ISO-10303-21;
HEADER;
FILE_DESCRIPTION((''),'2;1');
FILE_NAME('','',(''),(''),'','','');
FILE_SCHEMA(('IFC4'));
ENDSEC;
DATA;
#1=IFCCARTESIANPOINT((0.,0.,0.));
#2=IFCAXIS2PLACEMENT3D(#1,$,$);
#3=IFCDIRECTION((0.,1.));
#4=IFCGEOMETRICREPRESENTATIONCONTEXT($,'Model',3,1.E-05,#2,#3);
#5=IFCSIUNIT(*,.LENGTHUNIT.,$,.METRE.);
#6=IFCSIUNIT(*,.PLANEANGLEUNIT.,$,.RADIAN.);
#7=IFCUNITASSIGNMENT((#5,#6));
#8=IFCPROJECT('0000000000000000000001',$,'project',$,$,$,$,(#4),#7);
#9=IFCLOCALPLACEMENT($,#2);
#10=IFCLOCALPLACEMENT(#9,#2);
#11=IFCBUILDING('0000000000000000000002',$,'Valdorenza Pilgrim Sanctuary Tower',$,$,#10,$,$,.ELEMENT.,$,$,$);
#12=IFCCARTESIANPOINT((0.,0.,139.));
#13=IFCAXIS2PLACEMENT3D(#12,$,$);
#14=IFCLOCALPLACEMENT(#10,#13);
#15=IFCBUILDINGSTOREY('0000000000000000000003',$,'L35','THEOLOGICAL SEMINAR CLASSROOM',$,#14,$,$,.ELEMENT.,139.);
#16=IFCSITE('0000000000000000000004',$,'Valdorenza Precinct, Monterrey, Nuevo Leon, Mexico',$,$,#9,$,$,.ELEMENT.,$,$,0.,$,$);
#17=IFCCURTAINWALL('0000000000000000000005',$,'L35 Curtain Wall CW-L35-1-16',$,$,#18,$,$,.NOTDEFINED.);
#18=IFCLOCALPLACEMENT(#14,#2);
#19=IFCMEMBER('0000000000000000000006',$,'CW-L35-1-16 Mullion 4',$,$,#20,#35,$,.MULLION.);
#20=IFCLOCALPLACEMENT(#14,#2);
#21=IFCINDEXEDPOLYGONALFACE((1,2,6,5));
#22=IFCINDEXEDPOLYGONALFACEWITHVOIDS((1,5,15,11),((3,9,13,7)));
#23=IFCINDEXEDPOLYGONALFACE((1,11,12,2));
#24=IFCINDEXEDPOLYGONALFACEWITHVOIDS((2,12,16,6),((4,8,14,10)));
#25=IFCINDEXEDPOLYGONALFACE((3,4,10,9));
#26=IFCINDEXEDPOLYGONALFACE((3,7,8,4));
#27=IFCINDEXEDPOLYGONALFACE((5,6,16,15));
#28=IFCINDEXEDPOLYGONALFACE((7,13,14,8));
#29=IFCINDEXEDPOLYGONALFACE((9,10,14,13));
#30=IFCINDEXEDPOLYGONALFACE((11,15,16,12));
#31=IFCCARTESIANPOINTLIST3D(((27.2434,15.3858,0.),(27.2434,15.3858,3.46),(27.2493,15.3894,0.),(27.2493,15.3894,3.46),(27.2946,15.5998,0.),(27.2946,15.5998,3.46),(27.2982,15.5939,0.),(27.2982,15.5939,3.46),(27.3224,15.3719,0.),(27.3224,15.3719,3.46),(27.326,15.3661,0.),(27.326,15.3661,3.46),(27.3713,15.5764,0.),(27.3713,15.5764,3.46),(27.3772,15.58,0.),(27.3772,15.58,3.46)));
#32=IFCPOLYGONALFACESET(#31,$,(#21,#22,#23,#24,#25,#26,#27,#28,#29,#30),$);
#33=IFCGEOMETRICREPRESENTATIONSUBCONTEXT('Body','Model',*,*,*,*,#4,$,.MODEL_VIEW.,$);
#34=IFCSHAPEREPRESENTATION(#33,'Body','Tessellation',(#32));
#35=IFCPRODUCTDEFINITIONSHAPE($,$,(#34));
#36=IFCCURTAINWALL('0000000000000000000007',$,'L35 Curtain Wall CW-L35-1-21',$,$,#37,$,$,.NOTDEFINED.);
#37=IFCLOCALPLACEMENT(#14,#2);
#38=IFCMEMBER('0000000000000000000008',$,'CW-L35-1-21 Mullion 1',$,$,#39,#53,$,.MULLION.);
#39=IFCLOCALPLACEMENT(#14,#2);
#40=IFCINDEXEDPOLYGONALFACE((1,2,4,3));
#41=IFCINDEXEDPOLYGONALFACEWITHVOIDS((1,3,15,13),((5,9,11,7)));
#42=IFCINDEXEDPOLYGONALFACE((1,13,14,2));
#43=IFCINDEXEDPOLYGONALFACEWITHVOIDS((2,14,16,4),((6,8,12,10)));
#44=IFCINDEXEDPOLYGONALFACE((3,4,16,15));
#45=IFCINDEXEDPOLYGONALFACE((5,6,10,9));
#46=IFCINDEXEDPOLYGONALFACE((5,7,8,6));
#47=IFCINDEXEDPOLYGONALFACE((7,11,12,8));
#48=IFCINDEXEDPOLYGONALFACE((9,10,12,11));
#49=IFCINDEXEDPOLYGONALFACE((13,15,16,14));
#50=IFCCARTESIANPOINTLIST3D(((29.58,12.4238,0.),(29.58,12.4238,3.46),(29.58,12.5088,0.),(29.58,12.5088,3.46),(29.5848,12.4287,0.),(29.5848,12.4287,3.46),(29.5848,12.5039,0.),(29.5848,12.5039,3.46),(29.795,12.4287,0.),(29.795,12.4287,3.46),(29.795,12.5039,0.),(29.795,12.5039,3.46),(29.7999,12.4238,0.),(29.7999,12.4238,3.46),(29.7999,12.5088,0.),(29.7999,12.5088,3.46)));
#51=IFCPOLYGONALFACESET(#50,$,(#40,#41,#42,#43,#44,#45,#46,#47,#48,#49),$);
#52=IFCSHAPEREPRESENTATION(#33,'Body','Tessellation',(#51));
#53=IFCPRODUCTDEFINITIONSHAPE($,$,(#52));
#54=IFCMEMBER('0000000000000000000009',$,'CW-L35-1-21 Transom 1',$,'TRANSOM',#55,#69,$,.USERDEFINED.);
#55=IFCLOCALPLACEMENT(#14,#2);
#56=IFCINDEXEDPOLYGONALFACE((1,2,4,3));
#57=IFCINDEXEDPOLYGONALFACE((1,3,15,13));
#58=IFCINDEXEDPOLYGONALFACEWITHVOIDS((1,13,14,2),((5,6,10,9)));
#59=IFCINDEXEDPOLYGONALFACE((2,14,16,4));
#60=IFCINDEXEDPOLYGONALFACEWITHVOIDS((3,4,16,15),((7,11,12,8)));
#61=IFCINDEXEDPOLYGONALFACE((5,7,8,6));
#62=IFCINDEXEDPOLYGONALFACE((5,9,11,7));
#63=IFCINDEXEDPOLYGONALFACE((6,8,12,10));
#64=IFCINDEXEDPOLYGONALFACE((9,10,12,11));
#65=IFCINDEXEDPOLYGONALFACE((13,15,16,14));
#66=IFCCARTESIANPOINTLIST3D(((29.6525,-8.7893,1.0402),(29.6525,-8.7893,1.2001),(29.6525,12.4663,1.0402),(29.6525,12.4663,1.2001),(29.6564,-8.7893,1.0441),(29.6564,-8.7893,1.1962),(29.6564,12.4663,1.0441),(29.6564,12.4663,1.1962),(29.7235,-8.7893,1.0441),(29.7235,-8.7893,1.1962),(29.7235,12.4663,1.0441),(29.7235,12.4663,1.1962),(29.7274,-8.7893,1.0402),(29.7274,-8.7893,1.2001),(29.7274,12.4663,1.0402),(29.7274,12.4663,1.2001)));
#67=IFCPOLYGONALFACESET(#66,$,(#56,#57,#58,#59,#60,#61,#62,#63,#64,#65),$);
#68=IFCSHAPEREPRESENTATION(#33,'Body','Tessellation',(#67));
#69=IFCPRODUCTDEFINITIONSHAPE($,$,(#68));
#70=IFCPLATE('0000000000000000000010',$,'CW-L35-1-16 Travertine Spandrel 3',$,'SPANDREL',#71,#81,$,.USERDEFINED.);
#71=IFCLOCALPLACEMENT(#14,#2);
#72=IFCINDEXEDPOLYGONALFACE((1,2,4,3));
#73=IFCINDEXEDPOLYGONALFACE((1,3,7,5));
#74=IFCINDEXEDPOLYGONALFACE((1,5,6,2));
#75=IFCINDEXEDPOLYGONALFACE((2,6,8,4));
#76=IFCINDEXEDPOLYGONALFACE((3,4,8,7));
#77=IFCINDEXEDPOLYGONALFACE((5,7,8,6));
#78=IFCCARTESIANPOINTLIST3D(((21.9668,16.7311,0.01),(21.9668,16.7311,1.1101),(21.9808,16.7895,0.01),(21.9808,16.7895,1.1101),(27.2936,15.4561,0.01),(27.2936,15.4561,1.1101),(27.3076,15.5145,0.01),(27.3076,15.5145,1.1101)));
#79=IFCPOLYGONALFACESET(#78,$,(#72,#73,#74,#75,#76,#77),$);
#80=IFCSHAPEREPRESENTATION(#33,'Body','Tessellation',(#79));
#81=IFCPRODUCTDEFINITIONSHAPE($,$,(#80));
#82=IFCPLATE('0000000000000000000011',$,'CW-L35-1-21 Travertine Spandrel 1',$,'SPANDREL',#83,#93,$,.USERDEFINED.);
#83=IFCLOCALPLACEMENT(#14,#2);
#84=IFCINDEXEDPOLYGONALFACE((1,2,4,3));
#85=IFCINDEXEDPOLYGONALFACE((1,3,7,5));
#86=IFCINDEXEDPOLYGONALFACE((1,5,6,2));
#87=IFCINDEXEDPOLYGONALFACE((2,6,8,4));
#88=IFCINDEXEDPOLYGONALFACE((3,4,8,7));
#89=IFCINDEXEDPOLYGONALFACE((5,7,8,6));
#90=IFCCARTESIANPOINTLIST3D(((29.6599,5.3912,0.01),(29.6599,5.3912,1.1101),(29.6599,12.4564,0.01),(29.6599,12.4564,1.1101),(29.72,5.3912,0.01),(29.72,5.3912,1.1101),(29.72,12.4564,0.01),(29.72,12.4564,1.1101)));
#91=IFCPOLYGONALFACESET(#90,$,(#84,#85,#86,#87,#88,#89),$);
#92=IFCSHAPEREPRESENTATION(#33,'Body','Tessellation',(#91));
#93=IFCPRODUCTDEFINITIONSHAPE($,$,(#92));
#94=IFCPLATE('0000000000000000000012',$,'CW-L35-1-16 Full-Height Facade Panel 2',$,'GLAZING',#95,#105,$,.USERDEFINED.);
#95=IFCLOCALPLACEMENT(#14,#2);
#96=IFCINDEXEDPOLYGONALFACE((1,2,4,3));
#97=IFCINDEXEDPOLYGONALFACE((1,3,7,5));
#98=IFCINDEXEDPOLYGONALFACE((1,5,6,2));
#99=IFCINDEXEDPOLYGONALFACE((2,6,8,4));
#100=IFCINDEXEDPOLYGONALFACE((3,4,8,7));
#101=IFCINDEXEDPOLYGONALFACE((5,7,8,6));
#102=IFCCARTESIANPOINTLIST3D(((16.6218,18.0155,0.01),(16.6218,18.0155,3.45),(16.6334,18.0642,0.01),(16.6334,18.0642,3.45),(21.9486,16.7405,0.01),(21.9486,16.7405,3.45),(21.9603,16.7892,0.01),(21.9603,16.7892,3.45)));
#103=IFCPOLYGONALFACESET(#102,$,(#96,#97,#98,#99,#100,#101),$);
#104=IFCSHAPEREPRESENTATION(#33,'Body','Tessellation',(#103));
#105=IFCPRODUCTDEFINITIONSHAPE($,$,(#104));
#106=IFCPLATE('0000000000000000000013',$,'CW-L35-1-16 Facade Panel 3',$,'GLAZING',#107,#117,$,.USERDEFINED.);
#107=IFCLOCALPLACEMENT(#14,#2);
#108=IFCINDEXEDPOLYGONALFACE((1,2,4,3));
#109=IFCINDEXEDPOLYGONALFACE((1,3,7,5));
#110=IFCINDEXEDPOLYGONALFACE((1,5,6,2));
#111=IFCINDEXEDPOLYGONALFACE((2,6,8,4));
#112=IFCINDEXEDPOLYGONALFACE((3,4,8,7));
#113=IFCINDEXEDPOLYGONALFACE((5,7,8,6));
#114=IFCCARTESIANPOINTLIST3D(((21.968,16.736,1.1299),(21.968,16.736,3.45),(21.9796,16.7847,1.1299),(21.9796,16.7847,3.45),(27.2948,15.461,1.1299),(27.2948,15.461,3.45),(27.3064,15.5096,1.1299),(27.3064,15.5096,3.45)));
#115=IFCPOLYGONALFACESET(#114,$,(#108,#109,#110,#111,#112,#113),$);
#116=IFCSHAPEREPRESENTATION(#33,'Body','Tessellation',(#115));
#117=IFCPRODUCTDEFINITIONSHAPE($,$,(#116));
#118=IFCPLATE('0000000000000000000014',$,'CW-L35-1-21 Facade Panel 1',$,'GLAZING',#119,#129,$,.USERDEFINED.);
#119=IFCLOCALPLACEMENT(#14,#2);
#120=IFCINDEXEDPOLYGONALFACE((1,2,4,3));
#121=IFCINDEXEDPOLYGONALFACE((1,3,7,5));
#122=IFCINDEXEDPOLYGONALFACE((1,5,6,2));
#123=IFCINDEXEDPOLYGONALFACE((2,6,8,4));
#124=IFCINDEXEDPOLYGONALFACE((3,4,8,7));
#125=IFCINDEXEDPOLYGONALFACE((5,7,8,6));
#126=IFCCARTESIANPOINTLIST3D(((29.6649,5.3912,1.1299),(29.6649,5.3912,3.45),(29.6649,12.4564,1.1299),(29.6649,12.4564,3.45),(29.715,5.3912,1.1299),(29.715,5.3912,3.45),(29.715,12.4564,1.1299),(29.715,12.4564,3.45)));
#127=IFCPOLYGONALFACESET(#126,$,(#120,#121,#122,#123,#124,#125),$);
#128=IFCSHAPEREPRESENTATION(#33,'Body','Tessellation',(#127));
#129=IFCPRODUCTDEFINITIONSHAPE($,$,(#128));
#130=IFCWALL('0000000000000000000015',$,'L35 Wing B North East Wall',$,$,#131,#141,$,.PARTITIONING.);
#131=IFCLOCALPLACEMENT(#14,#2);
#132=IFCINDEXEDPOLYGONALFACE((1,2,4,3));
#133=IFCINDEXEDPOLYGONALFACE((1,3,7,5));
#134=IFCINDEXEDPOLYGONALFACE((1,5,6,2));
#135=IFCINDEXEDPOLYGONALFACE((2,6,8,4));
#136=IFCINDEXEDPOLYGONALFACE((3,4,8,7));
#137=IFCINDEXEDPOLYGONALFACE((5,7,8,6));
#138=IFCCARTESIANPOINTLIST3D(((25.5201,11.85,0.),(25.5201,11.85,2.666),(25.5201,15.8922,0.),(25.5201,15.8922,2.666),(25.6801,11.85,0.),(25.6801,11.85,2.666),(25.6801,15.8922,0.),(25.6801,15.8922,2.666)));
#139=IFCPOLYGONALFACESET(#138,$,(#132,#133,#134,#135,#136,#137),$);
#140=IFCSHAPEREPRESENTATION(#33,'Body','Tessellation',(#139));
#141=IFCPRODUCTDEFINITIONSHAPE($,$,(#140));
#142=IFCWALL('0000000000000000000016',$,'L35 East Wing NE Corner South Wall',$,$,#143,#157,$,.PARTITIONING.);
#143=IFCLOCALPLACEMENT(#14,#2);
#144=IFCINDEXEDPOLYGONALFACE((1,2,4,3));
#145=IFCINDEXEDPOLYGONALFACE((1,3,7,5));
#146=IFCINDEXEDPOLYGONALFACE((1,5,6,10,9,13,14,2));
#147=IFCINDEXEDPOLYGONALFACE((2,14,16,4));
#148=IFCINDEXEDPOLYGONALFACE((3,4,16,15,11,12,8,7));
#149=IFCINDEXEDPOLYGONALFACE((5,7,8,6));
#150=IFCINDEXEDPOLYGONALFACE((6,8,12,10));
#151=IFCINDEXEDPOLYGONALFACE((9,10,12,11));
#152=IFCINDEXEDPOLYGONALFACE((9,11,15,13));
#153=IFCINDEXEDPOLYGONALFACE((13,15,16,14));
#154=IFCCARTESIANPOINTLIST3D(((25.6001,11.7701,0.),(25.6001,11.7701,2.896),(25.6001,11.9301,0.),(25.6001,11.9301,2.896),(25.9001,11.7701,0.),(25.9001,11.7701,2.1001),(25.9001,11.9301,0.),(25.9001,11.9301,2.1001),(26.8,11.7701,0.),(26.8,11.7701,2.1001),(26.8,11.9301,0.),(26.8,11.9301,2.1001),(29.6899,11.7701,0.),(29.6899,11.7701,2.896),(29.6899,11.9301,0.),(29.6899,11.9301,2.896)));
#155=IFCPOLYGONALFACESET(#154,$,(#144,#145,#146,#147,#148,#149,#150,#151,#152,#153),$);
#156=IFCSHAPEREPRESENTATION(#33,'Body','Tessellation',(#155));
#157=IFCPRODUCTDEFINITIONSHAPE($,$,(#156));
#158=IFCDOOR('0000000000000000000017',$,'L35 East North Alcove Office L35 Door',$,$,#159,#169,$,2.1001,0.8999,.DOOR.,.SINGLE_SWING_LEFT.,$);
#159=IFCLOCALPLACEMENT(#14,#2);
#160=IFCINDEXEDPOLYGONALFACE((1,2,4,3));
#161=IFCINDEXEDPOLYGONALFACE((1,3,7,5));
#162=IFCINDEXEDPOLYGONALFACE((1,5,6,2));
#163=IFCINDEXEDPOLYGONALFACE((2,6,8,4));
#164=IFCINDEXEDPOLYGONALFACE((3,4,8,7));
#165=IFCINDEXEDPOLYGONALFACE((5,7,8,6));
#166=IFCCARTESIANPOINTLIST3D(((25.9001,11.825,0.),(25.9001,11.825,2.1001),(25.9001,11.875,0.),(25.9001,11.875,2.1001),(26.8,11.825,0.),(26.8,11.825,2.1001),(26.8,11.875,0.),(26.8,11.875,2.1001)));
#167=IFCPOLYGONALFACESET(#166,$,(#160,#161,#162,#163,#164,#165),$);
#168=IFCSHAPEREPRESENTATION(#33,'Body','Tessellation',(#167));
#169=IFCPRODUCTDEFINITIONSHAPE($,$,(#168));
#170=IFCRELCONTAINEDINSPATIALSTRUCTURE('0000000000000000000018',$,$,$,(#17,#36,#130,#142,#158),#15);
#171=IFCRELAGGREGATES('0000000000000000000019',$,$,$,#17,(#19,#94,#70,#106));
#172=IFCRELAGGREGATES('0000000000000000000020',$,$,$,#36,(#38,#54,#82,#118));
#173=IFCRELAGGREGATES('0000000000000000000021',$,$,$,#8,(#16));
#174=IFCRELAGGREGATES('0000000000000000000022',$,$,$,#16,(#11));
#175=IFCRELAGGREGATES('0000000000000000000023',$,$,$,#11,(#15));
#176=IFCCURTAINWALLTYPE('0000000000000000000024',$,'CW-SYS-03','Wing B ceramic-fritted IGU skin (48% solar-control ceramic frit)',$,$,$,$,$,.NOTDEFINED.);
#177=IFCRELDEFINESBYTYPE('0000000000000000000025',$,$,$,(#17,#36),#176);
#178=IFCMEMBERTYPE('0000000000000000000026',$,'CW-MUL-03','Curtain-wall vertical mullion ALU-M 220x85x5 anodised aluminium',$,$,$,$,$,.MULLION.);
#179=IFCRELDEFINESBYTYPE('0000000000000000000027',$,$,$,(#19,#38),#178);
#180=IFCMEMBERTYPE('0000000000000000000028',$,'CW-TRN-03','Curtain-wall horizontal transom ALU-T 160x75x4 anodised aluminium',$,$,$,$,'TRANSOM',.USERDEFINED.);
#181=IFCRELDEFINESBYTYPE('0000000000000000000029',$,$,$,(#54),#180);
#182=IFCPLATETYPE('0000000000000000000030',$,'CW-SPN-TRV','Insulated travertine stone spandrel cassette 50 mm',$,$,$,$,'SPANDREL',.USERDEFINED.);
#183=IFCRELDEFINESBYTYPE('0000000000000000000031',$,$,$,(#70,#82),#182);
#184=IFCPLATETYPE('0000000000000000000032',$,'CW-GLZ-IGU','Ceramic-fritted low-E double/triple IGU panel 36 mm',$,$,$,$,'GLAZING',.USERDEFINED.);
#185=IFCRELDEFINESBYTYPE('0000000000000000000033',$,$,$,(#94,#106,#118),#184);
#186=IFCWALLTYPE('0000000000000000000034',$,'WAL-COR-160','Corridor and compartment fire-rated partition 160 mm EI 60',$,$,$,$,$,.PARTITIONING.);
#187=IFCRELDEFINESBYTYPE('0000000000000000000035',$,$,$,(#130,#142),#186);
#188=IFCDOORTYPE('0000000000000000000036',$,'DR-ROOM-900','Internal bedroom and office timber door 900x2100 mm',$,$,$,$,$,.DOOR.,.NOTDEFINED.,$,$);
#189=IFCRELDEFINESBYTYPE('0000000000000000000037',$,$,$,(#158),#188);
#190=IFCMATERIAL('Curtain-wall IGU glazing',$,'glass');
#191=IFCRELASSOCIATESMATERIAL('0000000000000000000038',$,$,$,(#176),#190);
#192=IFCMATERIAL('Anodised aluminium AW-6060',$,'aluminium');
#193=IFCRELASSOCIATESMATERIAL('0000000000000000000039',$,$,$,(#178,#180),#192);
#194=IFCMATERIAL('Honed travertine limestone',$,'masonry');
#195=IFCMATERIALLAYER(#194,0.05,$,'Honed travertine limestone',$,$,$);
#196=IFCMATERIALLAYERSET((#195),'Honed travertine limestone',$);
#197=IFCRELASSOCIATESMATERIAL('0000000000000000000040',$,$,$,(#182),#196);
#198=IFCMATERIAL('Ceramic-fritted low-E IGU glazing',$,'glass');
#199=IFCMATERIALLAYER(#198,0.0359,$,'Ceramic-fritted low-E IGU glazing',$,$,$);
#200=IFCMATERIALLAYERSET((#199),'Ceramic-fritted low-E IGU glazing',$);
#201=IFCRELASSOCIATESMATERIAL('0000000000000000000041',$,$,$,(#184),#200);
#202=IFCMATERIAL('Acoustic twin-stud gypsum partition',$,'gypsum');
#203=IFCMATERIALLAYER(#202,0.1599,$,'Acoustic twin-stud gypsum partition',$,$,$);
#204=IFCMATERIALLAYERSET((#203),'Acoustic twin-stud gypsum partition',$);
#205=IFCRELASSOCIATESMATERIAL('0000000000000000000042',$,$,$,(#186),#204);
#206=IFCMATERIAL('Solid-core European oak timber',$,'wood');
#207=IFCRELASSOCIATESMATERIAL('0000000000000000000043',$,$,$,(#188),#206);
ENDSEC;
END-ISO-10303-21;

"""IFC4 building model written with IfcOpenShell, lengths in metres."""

from ifc_helpers import new_model, si_unit, direction, frame, frame_2d, origin, origin_2d, place, context, subcontext, project, spatial, rectangle, hollow_rectangle, extrude, source, transform, mapped, material, layer, layer_set, material_profile, profile_set, type_object, element, fill, aggregate, save


model = new_model("IFC4")

# Units and contexts
model_context = context("Model", 3, precision=1e-05, world=origin(), true_north=direction((0.0, 1.0)))
body_context = subcontext(model_context, "Body", "Model", "MODEL_VIEW")
ifc_project = project(units=[si_unit("LENGTHUNIT", "METRE"), si_unit("PLANEANGLEUNIT", "RADIAN")], contexts=[model_context])

# Site, building, storey
site_placement = place(None, origin())
site = spatial("IfcSite", under=ifc_project, at=site_placement, Name="Valdorenza Precinct, Monterrey, Nuevo Leon, Mexico", CompositionType="ELEMENT", RefElevation=0.0)
building_placement = place(site_placement, origin())
building = spatial("IfcBuilding", under=site, at=building_placement, Name="Valdorenza Pilgrim Sanctuary Tower", CompositionType="ELEMENT")
storey_placement = place(building_placement, frame((0.0, 0.0, 139.0)))
storey = spatial("IfcBuildingStorey", under=building, at=storey_placement, Name="L35", Description="THEOLOGICAL SEMINAR CLASSROOM", CompositionType="ELEMENT", Elevation=139.0)

# Curtain walls, members
ifc_material_1 = material(Name="Curtain-wall IGU glazing", Category="glass")
curtain_wall_type = type_object("IfcCurtainWallType", Name="CW-SYS-03", Description="Wing B ceramic-fritted IGU skin (48% solar-control ceramic frit)", PredefinedType="NOTDEFINED", material=ifc_material_1)
curtain_wall_1_placement = place(storey_placement, origin())
curtain_wall_1 = element("IfcCurtainWall", 1, at=curtain_wall_1_placement, inside=storey, type_object=curtain_wall_type, Name="L35 Curtain Wall CW-L35-1-16", PredefinedType="NOTDEFINED")
ifc_material_2 = material(Name="Anodised aluminium AW-6060", Category="aluminium")
ifc_material_profile_1 = material_profile(ifc_material_2, hollow_rectangle(XDim=0.085, YDim=0.22, WallThickness=0.0049, at=origin_2d()), Name="ALU-M 220x85x5")
ifc_profile_set_1 = profile_set([ifc_material_profile_1], Name="Anodised aluminium AW-6060")
member_type_1 = type_object("IfcMemberType", Name="CW-MUL-03", Description="Curtain-wall vertical mullion ALU-M 220x85x5 anodised aluminium", PredefinedType="MULLION", material=ifc_profile_set_1)
shared_shape_1 = source(origin(), body_context, "Body", "SweptSolid", [
    extrude(hollow_rectangle(XDim=0.085, YDim=0.22, WallThickness=0.0049, at=origin_2d()), origin(), (0.0, 0.0, 1.0), 3.46),
])
member_1_placement = place(storey_placement, frame((27.3103, 15.4829, 0.0), z_axis=(0.0, 0.0, 1.0), x_axis=(0.972529, -0.232783, 0.0)))
member_1 = element("IfcMember", 2, at=member_1_placement, type_object=member_type_1, Name="CW-L35-1-16 Mullion 4", PredefinedType="MULLION", context=body_context, shape_type="MappedRepresentation", body=[
    mapped(shared_shape_1, transform((0.0, 0.0, 0.0), x_axis=(1.0, 0.0, 0.0), y_axis=(0.0, 1.0, 0.0), z_axis=(0.0, 0.0, 1.0), scale=1.0)),
])
curtain_wall_2_placement = place(storey_placement, origin())
curtain_wall_2 = element("IfcCurtainWall", 3, at=curtain_wall_2_placement, inside=storey, type_object=curtain_wall_type, Name="L35 Curtain Wall CW-L35-1-21", PredefinedType="NOTDEFINED")
member_2_placement = place(storey_placement, frame((29.6899, 12.4663, 0.0), z_axis=(0.0, 0.0, 1.0), x_axis=(0.0, -1.0, 0.0)))
member_2 = element("IfcMember", 4, at=member_2_placement, type_object=member_type_1, Name="CW-L35-1-21 Mullion 1", PredefinedType="MULLION", context=body_context, shape_type="MappedRepresentation", body=[
    mapped(shared_shape_1, transform((0.0, 0.0, 0.0), x_axis=(1.0, 0.0, 0.0), y_axis=(0.0, 1.0, 0.0), z_axis=(0.0, 0.0, 1.0), scale=1.0)),
])
ifc_material_profile_2 = material_profile(ifc_material_2, hollow_rectangle(XDim=0.075, YDim=0.1599, WallThickness=0.0039, at=origin_2d()), Name="ALU-T 160x75x4")
ifc_profile_set_2 = profile_set([ifc_material_profile_2], Name="Anodised aluminium AW-6060")
member_type_2 = type_object("IfcMemberType", Name="CW-TRN-03", Description="Curtain-wall horizontal transom ALU-T 160x75x4 anodised aluminium", ElementType="TRANSOM", PredefinedType="USERDEFINED", material=ifc_profile_set_2)
shared_shape_2 = source(origin(), body_context, "Body", "SweptSolid", [
    extrude(hollow_rectangle(XDim=0.075, YDim=0.1599, WallThickness=0.0039, at=origin_2d()), origin(), (0.0, 0.0, 1.0), 21.2556),
])
member_3_placement = place(storey_placement, frame((29.6899, 12.4663, 1.1201), z_axis=(0.0, -1.0, 0.0), x_axis=(1.0, 0.0, 0.0)))
member_3 = element("IfcMember", 5, at=member_3_placement, type_object=member_type_2, Name="CW-L35-1-21 Transom 1", ObjectType="TRANSOM", PredefinedType="USERDEFINED", context=body_context, shape_type="MappedRepresentation", body=[
    mapped(shared_shape_2, transform((0.0, 0.0, 0.0), x_axis=(1.0, 0.0, 0.0), y_axis=(0.0, 1.0, 0.0), z_axis=(0.0, 0.0, 1.0), scale=1.0)),
])

# Plates
ifc_material_3 = material(Name="Honed travertine limestone", Category="masonry")
ifc_layer_1 = layer(ifc_material_3, 0.05, Name="Honed travertine limestone")
ifc_layer_set_1 = layer_set([ifc_layer_1], Name="Honed travertine limestone")
plate_type_1 = type_object("IfcPlateType", Name="CW-SPN-TRV", Description="Insulated travertine stone spandrel cassette 50 mm", ElementType="SPANDREL", PredefinedType="USERDEFINED", material=ifc_layer_set_1)
shared_shape_3 = source(origin(), body_context, "Body", "SweptSolid", [
    extrude(rectangle(XDim=5.4773, YDim=0.0601, at=origin_2d()), origin(), (0.0, 0.0, 1.0), 1.1001),
])
plate_1_placement = place(storey_placement, frame((24.6372, 16.1228, 0.01), z_axis=(0.0, 0.0, 1.0), x_axis=(0.972529, -0.232783, 0.0)))
plate_1 = element("IfcPlate", 6, at=plate_1_placement, type_object=plate_type_1, Name="CW-L35-1-16 Travertine Spandrel 3", ObjectType="SPANDREL", PredefinedType="USERDEFINED", context=body_context, shape_type="MappedRepresentation", body=[
    mapped(shared_shape_3, transform((0.0, 0.0, 0.0), x_axis=(1.0, 0.0, 0.0), y_axis=(0.0, 1.0, 0.0), z_axis=(0.0, 0.0, 1.0), scale=1.0)),
])
shared_shape_4 = source(origin(), body_context, "Body", "SweptSolid", [
    extrude(rectangle(XDim=7.0652, YDim=0.0601, at=origin_2d()), origin(), (0.0, 0.0, 1.0), 1.1001),
])
plate_2_placement = place(storey_placement, frame((29.6899, 8.9238, 0.01), z_axis=(0.0, 0.0, 1.0), x_axis=(0.0, -1.0, 0.0)))
plate_2 = element("IfcPlate", 7, at=plate_2_placement, type_object=plate_type_1, Name="CW-L35-1-21 Travertine Spandrel 1", ObjectType="SPANDREL", PredefinedType="USERDEFINED", context=body_context, shape_type="MappedRepresentation", body=[
    mapped(shared_shape_4, transform((0.0, 0.0, 0.0), x_axis=(1.0, 0.0, 0.0), y_axis=(0.0, 1.0, 0.0), z_axis=(0.0, 0.0, 1.0), scale=1.0)),
])
ifc_material_4 = material(Name="Ceramic-fritted low-E IGU glazing", Category="glass")
ifc_layer_2 = layer(ifc_material_4, 0.0359, Name="Ceramic-fritted low-E IGU glazing")
ifc_layer_set_2 = layer_set([ifc_layer_2], Name="Ceramic-fritted low-E IGU glazing")
plate_type_2 = type_object("IfcPlateType", Name="CW-GLZ-IGU", Description="Ceramic-fritted low-E double/triple IGU panel 36 mm", ElementType="GLAZING", PredefinedType="USERDEFINED", material=ifc_layer_set_2)
shared_shape_5 = source(origin(), body_context, "Body", "SweptSolid", [
    extrude(rectangle(XDim=5.4773, YDim=0.05, at=origin_2d()), origin(), (0.0, 0.0, 1.0), 3.4399),
])
plate_3_placement = place(storey_placement, frame((19.291, 17.4023, 0.01), z_axis=(0.0, 0.0, 1.0), x_axis=(0.972529, -0.232783, 0.0)))
plate_3 = element("IfcPlate", 8, at=plate_3_placement, type_object=plate_type_2, Name="CW-L35-1-16 Full-Height Facade Panel 2", ObjectType="GLAZING", PredefinedType="USERDEFINED", context=body_context, shape_type="MappedRepresentation", body=[
    mapped(shared_shape_5, transform((0.0, 0.0, 0.0), x_axis=(1.0, 0.0, 0.0), y_axis=(0.0, 1.0, 0.0), z_axis=(0.0, 0.0, 1.0), scale=1.0)),
])
shared_shape_6 = source(origin(), body_context, "Body", "SweptSolid", [
    extrude(rectangle(XDim=5.4773, YDim=0.05, at=origin_2d()), origin(), (0.0, 0.0, 1.0), 2.3201),
])
plate_4_placement = place(storey_placement, frame((24.6372, 16.1228, 1.1299), z_axis=(0.0, 0.0, 1.0), x_axis=(0.972529, -0.232783, 0.0)))
plate_4 = element("IfcPlate", 9, at=plate_4_placement, type_object=plate_type_2, Name="CW-L35-1-16 Facade Panel 3", ObjectType="GLAZING", PredefinedType="USERDEFINED", context=body_context, shape_type="MappedRepresentation", body=[
    mapped(shared_shape_6, transform((0.0, 0.0, 0.0), x_axis=(1.0, 0.0, 0.0), y_axis=(0.0, 1.0, 0.0), z_axis=(0.0, 0.0, 1.0), scale=1.0)),
])
aggregate(curtain_wall_1, [member_1, plate_3, plate_1, plate_4])
shared_shape_7 = source(origin(), body_context, "Body", "SweptSolid", [
    extrude(rectangle(XDim=7.0652, YDim=0.05, at=origin_2d()), origin(), (0.0, 0.0, 1.0), 2.3201),
])
plate_5_placement = place(storey_placement, frame((29.6899, 8.9238, 1.1299), z_axis=(0.0, 0.0, 1.0), x_axis=(0.0, -1.0, 0.0)))
plate_5 = element("IfcPlate", 10, at=plate_5_placement, type_object=plate_type_2, Name="CW-L35-1-21 Facade Panel 1", ObjectType="GLAZING", PredefinedType="USERDEFINED", context=body_context, shape_type="MappedRepresentation", body=[
    mapped(shared_shape_7, transform((0.0, 0.0, 0.0), x_axis=(1.0, 0.0, 0.0), y_axis=(0.0, 1.0, 0.0), z_axis=(0.0, 0.0, 1.0), scale=1.0)),
])
aggregate(curtain_wall_2, [member_2, member_3, plate_2, plate_5])

# Wall
ifc_material_5 = material(Name="Acoustic twin-stud gypsum partition", Category="gypsum")
ifc_layer_3 = layer(ifc_material_5, 0.1599, Name="Acoustic twin-stud gypsum partition")
ifc_layer_set_3 = layer_set([ifc_layer_3], Name="Acoustic twin-stud gypsum partition")
wall_type_1 = type_object("IfcWallType", Name="WAL-COR-160", Description="Corridor and compartment fire-rated partition 160 mm EI 60", PredefinedType="PARTITIONING", material=ifc_layer_set_3)
wall_1_placement = place(storey_placement, frame((25.6001, 11.8501, 0.0), z_axis=(0.0, 0.0, 1.0), x_axis=(0.0, 1.0, 0.0)))
element("IfcWall", 11, at=wall_1_placement, inside=storey, type_object=wall_type_1, Name="L35 Wing B North East Wall", PredefinedType="PARTITIONING", context=body_context, shape_type="SweptSolid", body=[
    extrude(rectangle(XDim=4.0422, YDim=0.1599, at=frame_2d((2.021, 0.0))), origin(), (0.0, 0.0, 1.0), 2.666),
])

# Wall, opening, door
wall_2_placement = place(storey_placement, frame((25.6001, 11.8501, 0.0), z_axis=(0.0, 0.0, 1.0), x_axis=(1.0, 0.0, 0.0)))
wall_2 = element("IfcWall", 12, at=wall_2_placement, inside=storey, type_object=wall_type_1, Name="L35 East Wing NE Corner South Wall", PredefinedType="PARTITIONING", context=body_context, shape_type="SweptSolid", body=[
    extrude(rectangle(XDim=4.0898, YDim=0.1599, at=frame_2d((2.0449, 0.0))), origin(), (0.0, 0.0, 1.0), 2.896),
])
opening_placement = place(wall_2_placement, frame((0.3, 0.0, 0.0)))
opening = element("IfcOpeningElement", 13, at=opening_placement, cuts=wall_2, PredefinedType="OPENING", context=body_context, shape_type="SweptSolid", body=[
    extrude(rectangle(XDim=0.8999, YDim=2.1001, at=frame_2d((0.45, 1.05))), frame((0.0, 0.0947, 0.0), z_axis=(0.0, -1.0, 0.0), x_axis=(1.0, 0.0, 0.0)), (0.0, 0.0, 1.0), 0.1897),
])
ifc_material_6 = material(Name="Solid-core European oak timber", Category="wood")
door_type = type_object("IfcDoorType", Name="DR-ROOM-900", Description="Internal bedroom and office timber door 900x2100 mm", OperationType="NOTDEFINED", PredefinedType="DOOR", material=ifc_material_6)
door_placement = place(opening_placement, origin())
door = element("IfcDoor", 14, at=door_placement, inside=storey, type_object=door_type, Name="L35 East North Alcove Office L35 Door", OperationType="SINGLE_SWING_LEFT", OverallHeight=2.1001, OverallWidth=0.8999, PredefinedType="DOOR", context=body_context, shape_type="SweptSolid", body=[
    extrude(rectangle(XDim=0.8999, YDim=2.1001, at=frame_2d((0.45, 1.05))), frame((0.0, 0.0249, 0.0), z_axis=(0.0, -1.0, 0.0), x_axis=(1.0, 0.0, 0.0)), (0.0, 0.0, 1.0), 0.05),
])
fill(opening, door)

save(model, "model.ifc")
